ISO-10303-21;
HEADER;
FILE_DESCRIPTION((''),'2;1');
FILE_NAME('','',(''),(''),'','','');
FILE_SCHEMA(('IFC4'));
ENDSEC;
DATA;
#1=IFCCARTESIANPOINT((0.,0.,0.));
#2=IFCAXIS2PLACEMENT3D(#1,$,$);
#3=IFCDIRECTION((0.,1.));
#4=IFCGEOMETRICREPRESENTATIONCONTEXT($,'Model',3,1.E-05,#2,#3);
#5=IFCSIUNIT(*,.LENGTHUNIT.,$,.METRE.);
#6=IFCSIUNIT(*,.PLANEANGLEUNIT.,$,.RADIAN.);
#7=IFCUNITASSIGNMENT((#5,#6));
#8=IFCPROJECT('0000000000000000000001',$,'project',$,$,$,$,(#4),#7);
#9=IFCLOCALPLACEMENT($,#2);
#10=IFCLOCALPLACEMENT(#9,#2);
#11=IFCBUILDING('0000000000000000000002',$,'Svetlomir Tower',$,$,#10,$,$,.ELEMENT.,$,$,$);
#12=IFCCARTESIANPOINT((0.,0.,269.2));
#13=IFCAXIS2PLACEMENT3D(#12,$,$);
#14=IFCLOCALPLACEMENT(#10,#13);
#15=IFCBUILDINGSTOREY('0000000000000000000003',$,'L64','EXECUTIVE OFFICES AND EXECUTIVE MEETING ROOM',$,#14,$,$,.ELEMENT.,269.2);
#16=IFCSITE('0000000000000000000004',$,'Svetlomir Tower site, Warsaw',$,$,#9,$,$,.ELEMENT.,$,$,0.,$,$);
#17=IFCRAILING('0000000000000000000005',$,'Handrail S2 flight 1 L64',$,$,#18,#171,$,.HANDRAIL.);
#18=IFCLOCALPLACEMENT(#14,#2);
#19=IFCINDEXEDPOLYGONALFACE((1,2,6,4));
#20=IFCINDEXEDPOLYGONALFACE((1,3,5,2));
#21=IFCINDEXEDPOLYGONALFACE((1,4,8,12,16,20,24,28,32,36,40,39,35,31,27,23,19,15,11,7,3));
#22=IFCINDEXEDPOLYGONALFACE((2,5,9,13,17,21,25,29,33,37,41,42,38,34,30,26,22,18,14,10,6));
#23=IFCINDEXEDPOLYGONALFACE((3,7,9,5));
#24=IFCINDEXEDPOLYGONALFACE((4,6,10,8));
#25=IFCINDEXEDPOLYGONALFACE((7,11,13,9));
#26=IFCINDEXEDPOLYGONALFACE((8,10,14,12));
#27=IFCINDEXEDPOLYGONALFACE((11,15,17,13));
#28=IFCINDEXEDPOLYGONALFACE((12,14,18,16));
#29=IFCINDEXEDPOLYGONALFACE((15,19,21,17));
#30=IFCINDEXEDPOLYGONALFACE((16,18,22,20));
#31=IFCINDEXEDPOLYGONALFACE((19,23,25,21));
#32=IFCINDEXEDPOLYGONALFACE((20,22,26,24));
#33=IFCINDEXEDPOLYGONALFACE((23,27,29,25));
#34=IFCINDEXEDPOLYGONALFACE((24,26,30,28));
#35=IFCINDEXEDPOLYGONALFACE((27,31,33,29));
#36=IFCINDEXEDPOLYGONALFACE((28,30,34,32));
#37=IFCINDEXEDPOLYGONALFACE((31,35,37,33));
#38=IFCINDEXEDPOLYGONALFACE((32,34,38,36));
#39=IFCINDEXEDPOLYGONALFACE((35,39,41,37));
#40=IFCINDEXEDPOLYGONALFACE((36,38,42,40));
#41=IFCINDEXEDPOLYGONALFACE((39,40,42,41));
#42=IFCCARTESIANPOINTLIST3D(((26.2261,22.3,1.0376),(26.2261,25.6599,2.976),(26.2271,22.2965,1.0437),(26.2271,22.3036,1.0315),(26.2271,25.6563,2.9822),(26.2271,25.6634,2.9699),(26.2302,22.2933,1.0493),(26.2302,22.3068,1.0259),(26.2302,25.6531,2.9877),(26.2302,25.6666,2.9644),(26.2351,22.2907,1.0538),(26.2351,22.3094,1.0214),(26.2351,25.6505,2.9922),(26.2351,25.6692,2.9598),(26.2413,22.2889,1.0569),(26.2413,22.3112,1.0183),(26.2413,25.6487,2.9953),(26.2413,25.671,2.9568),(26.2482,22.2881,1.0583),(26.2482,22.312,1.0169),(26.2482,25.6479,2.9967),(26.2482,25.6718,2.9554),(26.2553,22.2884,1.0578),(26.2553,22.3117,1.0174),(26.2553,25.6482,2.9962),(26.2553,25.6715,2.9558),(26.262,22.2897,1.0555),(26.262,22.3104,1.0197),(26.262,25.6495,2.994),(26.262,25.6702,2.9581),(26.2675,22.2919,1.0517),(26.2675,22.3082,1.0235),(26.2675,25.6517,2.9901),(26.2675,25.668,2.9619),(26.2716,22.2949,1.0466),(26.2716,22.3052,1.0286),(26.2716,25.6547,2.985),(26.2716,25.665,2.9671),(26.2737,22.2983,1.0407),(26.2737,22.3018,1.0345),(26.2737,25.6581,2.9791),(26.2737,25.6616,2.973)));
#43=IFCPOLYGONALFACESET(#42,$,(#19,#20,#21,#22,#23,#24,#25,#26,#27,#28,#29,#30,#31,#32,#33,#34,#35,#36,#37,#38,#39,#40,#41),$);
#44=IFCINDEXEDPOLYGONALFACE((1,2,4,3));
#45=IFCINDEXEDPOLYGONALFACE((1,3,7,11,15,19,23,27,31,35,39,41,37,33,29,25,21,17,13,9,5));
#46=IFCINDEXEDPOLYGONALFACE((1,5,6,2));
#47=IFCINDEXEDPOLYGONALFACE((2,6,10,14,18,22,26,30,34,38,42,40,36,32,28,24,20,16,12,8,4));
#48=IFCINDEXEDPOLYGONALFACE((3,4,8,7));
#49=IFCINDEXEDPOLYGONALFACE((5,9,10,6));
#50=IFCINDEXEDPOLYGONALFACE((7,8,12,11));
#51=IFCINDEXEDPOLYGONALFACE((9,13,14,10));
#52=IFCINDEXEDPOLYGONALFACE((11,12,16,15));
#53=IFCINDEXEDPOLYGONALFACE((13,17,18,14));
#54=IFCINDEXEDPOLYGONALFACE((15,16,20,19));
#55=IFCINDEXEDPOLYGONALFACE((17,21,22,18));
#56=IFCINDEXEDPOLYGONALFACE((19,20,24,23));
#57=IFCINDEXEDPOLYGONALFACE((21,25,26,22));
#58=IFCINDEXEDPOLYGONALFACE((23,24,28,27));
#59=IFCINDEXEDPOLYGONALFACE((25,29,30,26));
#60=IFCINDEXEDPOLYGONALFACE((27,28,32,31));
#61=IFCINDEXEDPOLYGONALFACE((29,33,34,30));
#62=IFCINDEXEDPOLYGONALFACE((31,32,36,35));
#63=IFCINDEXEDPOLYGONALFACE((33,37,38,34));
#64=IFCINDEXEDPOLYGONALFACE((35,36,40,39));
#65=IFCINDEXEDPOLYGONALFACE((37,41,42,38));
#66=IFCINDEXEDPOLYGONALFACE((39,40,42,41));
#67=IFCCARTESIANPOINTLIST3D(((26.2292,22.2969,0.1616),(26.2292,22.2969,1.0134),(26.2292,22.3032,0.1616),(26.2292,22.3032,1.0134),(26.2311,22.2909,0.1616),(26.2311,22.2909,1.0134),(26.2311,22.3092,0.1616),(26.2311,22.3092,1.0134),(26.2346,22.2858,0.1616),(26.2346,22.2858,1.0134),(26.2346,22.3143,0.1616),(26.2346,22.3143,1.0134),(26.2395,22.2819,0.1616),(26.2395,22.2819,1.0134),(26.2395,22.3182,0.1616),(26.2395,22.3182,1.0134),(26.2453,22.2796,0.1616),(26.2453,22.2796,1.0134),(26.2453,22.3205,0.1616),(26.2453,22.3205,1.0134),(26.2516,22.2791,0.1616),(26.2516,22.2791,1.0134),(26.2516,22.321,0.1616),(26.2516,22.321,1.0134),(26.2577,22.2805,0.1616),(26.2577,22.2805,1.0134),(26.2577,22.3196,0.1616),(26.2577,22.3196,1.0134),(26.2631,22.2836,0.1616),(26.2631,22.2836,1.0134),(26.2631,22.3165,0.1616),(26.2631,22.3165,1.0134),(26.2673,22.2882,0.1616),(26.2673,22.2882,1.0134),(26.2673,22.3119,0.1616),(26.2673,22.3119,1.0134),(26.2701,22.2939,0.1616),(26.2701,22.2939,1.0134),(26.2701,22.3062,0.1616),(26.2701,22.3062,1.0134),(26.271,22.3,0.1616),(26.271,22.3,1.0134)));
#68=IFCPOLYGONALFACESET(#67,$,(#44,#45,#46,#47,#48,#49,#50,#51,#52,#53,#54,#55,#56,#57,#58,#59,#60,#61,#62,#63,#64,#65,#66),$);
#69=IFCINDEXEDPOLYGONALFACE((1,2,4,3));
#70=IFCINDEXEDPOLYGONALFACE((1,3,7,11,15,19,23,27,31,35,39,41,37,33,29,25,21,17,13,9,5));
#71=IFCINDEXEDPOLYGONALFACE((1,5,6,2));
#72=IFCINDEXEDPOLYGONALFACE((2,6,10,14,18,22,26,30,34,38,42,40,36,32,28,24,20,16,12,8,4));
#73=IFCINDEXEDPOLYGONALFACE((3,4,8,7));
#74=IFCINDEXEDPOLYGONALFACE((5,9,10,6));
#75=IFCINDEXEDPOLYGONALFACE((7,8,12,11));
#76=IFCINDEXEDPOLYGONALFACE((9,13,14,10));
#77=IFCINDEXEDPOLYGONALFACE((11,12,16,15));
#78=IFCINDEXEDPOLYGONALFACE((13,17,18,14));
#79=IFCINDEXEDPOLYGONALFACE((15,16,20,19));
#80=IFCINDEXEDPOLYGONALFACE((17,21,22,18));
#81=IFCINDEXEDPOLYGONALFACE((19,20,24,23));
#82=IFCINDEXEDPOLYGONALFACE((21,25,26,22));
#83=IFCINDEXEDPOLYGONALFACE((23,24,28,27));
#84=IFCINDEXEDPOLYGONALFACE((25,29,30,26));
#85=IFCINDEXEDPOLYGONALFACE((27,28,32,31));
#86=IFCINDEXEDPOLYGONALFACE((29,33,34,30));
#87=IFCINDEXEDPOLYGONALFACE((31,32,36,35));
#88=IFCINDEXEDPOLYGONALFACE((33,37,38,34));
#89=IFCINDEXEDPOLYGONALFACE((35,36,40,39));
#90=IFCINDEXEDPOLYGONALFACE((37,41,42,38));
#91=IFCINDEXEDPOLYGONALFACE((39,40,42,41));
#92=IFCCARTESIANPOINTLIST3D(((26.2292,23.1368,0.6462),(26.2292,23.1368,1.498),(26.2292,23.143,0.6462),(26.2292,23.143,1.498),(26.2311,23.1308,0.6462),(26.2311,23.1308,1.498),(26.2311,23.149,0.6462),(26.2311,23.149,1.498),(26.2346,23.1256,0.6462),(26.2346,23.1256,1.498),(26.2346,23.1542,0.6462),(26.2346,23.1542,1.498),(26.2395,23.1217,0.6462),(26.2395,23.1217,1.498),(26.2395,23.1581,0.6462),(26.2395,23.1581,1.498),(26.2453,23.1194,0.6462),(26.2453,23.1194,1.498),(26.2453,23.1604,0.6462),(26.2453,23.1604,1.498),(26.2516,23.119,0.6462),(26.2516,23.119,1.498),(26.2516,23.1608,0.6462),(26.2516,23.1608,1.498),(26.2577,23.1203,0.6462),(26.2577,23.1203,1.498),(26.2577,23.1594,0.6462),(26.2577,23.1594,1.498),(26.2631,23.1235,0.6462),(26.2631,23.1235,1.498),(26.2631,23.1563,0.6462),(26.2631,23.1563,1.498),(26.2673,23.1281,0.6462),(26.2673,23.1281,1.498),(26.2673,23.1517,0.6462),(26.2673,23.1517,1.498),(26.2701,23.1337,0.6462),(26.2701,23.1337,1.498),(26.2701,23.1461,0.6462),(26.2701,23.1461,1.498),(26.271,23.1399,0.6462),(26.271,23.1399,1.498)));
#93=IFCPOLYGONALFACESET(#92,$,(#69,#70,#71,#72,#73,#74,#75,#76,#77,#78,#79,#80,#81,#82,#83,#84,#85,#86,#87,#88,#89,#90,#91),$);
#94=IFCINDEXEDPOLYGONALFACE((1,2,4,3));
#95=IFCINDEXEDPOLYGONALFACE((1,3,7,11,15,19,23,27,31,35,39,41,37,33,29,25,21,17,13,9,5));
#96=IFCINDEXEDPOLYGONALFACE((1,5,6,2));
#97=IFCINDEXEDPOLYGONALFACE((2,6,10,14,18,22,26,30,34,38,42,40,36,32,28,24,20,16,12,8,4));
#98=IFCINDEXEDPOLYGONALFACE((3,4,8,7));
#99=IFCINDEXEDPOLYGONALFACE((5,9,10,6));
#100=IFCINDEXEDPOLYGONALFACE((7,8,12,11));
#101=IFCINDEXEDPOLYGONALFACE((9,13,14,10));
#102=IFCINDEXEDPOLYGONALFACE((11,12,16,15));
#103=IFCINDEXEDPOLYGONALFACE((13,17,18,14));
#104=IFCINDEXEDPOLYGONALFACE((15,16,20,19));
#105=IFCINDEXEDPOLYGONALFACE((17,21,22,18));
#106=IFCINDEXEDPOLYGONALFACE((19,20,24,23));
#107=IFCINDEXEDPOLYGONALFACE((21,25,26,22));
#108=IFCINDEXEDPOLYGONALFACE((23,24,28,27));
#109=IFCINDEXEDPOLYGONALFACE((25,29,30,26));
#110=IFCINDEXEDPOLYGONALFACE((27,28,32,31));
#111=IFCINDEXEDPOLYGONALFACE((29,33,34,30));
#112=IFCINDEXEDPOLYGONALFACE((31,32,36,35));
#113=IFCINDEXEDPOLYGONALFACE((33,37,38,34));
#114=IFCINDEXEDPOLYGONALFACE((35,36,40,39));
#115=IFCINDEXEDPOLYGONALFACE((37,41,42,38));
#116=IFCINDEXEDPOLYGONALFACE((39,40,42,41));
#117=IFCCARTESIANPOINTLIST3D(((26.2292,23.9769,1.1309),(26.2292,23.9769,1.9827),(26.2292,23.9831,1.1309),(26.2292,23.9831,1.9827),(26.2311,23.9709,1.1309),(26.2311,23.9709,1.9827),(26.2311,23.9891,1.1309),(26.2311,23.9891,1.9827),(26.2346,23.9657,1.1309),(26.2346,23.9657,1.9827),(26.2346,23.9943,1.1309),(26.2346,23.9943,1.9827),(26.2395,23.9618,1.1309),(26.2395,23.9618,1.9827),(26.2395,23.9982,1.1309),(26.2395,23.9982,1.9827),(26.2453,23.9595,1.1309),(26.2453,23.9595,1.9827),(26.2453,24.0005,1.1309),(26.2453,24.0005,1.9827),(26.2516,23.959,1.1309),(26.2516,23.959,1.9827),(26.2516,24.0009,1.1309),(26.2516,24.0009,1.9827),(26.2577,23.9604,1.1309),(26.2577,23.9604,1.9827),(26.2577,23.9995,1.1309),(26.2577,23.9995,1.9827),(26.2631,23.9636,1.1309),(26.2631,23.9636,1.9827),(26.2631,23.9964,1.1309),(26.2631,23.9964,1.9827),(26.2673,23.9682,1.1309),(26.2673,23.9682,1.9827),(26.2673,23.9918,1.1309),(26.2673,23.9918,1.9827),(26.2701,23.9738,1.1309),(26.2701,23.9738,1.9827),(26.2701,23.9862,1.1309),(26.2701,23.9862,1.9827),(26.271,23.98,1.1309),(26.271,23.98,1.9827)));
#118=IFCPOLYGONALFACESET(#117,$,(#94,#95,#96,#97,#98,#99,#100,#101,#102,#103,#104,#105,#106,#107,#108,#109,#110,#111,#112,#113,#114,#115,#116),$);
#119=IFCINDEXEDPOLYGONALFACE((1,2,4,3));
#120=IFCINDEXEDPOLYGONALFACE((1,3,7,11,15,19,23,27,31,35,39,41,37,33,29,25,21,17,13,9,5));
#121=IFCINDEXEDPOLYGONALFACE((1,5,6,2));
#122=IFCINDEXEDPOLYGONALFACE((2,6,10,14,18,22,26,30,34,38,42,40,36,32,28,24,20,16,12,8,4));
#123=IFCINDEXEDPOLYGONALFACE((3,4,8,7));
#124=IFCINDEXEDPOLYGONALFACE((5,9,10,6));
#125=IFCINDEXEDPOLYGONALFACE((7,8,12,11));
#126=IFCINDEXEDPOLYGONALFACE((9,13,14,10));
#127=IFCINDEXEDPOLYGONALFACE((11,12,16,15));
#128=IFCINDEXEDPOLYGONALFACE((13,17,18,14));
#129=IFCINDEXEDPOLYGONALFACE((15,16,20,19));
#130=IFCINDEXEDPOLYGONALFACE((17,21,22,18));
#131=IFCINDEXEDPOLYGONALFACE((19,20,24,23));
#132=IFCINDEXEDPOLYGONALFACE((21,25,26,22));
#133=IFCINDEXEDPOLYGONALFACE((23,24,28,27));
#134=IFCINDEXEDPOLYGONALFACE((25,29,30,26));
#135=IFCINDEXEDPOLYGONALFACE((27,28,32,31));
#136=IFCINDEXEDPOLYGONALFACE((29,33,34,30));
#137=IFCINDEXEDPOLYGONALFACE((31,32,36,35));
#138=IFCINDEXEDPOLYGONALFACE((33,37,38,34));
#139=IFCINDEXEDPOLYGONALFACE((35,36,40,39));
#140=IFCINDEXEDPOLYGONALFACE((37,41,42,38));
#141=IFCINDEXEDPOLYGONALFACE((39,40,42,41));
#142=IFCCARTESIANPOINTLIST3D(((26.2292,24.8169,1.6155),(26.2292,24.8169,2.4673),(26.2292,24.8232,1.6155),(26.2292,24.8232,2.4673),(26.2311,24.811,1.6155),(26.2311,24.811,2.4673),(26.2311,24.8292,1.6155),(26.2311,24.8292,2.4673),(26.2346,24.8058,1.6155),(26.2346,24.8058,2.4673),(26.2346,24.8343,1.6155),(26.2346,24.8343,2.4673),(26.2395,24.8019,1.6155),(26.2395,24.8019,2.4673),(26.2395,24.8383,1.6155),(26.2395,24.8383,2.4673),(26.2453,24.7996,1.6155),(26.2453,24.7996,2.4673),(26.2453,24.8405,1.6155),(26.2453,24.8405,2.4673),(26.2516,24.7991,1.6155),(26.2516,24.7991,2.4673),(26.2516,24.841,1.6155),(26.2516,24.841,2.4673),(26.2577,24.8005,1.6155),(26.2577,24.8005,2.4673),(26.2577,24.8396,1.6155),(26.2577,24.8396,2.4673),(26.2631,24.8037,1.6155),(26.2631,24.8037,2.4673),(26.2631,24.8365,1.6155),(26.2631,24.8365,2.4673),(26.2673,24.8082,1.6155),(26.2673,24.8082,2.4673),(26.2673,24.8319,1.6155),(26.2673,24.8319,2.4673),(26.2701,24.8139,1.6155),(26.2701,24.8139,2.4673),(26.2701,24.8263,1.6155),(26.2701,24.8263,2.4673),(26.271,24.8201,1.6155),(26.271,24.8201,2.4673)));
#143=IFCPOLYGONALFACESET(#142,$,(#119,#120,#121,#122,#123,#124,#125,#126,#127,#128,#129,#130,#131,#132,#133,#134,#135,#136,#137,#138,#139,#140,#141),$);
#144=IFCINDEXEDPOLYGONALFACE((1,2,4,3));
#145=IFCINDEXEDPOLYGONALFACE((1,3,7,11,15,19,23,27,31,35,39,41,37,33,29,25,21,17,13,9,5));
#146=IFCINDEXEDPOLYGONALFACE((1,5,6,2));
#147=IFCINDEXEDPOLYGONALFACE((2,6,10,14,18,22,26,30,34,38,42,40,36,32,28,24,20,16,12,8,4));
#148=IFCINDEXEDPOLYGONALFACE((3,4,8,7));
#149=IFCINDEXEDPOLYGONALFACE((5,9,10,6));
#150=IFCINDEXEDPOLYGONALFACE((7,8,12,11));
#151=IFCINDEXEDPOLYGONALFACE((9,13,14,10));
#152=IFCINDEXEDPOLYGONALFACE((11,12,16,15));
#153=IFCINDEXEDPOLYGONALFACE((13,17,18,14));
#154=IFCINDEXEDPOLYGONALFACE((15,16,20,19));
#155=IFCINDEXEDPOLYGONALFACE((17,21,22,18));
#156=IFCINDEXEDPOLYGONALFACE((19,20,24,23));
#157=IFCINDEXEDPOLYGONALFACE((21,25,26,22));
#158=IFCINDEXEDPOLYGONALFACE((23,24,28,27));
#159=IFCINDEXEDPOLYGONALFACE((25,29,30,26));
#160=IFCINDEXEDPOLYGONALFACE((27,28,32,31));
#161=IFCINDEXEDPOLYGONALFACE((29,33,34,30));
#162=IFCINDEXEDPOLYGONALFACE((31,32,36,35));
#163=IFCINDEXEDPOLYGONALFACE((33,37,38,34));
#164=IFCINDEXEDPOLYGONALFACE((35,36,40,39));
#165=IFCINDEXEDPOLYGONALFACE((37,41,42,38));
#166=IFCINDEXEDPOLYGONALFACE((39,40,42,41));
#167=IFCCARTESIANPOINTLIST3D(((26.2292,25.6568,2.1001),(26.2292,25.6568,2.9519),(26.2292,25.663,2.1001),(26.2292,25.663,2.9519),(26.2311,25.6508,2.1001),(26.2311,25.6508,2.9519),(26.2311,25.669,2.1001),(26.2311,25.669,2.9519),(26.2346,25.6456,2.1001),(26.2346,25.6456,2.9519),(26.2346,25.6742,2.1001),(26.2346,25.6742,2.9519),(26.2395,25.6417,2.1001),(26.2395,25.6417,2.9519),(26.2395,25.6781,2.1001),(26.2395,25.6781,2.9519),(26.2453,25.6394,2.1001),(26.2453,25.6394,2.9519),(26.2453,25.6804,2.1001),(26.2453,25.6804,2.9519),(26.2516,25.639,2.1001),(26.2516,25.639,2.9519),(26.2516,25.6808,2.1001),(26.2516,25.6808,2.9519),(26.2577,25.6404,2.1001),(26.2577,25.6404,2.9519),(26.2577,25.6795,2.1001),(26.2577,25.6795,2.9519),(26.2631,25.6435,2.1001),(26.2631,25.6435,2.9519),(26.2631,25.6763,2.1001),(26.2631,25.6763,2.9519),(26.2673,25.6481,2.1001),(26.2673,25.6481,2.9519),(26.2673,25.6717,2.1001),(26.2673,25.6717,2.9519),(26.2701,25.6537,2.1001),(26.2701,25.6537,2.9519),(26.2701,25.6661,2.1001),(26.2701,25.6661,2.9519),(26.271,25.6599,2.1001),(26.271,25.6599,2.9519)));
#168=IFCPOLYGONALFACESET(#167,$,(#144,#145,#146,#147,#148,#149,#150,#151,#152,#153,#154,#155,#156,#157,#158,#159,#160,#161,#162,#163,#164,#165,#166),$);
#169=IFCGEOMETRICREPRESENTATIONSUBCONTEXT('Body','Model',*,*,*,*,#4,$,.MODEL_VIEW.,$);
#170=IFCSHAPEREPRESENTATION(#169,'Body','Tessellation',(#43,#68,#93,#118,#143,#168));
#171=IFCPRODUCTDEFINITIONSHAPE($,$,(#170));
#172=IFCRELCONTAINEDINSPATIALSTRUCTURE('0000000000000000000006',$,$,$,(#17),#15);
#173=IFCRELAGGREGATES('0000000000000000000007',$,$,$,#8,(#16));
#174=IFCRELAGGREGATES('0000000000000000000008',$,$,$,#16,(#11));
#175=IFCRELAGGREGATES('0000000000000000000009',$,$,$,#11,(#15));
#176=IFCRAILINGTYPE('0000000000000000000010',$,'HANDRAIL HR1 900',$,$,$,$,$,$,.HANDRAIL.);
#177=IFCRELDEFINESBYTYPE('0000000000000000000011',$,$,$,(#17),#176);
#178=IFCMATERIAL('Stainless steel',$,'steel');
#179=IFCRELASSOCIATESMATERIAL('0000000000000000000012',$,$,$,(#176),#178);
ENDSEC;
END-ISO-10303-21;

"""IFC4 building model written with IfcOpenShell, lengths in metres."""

from ifc_helpers import new_model, si_unit, direction, frame, origin, origin_2d, place, context, subcontext, project, spatial, circle, extrude, material, type_object, element, save


model = new_model("IFC4")

# Units and contexts
model_context = context("Model", 3, precision=1e-05, world=origin(), true_north=direction((0.0, 1.0)))
body_context = subcontext(model_context, "Body", "Model", "MODEL_VIEW")
ifc_project = project(units=[si_unit("LENGTHUNIT", "METRE"), si_unit("PLANEANGLEUNIT", "RADIAN")], contexts=[model_context])

# Site, building, storey
site_placement = place(None, origin())
site = spatial("IfcSite", under=ifc_project, at=site_placement, Name="Svetlomir Tower site, Warsaw", CompositionType="ELEMENT", RefElevation=0.0)
building_placement = place(site_placement, origin())
building = spatial("IfcBuilding", under=site, at=building_placement, Name="Svetlomir Tower", CompositionType="ELEMENT")
storey_placement = place(building_placement, frame((0.0, 0.0, 269.2)))
storey = spatial("IfcBuildingStorey", under=building, at=storey_placement, Name="L64", Description="EXECUTIVE OFFICES AND EXECUTIVE MEETING ROOM", CompositionType="ELEMENT", Elevation=269.2)

# Railing
ifc_material_1 = material(Name="Stainless steel", Category="steel")
railing_type = type_object("IfcRailingType", Name="HANDRAIL HR1 900", PredefinedType="HANDRAIL", material=ifc_material_1)
railing_1_placement = place(storey_placement, frame((26.25, 22.3, 0.1616)))
element("IfcRailing", 1, at=railing_1_placement, inside=storey, type_object=railing_type, Name="Handrail S2 flight 1 L64", PredefinedType="HANDRAIL", context=body_context, shape_type="SweptSolid", body=[
    extrude(circle(Radius=0.0239, at=origin_2d()), frame((0.0, 0.0, 0.876), z_axis=(0.0, 0.866175, 0.499741), x_axis=(-1.0, 0.0, 0.0)), (0.0, 0.0, 1.0), 3.8789),
    extrude(circle(Radius=0.021, at=origin_2d()), origin(), (0.0, 0.0, 1.0), 0.8518),
    extrude(circle(Radius=0.021, at=origin_2d()), frame((0.0, 0.8398, 0.4846)), (0.0, 0.0, 1.0), 0.8518),
    extrude(circle(Radius=0.021, at=origin_2d()), frame((0.0, 1.6799, 0.9692)), (0.0, 0.0, 1.0), 0.8518),
    extrude(circle(Radius=0.021, at=origin_2d()), frame((0.0, 2.52, 1.4539)), (0.0, 0.0, 1.0), 0.8518),
    extrude(circle(Radius=0.021, at=origin_2d()), frame((0.0, 3.3599, 1.9385)), (0.0, 0.0, 1.0), 0.8518),
])

save(model, "model.ifc")
